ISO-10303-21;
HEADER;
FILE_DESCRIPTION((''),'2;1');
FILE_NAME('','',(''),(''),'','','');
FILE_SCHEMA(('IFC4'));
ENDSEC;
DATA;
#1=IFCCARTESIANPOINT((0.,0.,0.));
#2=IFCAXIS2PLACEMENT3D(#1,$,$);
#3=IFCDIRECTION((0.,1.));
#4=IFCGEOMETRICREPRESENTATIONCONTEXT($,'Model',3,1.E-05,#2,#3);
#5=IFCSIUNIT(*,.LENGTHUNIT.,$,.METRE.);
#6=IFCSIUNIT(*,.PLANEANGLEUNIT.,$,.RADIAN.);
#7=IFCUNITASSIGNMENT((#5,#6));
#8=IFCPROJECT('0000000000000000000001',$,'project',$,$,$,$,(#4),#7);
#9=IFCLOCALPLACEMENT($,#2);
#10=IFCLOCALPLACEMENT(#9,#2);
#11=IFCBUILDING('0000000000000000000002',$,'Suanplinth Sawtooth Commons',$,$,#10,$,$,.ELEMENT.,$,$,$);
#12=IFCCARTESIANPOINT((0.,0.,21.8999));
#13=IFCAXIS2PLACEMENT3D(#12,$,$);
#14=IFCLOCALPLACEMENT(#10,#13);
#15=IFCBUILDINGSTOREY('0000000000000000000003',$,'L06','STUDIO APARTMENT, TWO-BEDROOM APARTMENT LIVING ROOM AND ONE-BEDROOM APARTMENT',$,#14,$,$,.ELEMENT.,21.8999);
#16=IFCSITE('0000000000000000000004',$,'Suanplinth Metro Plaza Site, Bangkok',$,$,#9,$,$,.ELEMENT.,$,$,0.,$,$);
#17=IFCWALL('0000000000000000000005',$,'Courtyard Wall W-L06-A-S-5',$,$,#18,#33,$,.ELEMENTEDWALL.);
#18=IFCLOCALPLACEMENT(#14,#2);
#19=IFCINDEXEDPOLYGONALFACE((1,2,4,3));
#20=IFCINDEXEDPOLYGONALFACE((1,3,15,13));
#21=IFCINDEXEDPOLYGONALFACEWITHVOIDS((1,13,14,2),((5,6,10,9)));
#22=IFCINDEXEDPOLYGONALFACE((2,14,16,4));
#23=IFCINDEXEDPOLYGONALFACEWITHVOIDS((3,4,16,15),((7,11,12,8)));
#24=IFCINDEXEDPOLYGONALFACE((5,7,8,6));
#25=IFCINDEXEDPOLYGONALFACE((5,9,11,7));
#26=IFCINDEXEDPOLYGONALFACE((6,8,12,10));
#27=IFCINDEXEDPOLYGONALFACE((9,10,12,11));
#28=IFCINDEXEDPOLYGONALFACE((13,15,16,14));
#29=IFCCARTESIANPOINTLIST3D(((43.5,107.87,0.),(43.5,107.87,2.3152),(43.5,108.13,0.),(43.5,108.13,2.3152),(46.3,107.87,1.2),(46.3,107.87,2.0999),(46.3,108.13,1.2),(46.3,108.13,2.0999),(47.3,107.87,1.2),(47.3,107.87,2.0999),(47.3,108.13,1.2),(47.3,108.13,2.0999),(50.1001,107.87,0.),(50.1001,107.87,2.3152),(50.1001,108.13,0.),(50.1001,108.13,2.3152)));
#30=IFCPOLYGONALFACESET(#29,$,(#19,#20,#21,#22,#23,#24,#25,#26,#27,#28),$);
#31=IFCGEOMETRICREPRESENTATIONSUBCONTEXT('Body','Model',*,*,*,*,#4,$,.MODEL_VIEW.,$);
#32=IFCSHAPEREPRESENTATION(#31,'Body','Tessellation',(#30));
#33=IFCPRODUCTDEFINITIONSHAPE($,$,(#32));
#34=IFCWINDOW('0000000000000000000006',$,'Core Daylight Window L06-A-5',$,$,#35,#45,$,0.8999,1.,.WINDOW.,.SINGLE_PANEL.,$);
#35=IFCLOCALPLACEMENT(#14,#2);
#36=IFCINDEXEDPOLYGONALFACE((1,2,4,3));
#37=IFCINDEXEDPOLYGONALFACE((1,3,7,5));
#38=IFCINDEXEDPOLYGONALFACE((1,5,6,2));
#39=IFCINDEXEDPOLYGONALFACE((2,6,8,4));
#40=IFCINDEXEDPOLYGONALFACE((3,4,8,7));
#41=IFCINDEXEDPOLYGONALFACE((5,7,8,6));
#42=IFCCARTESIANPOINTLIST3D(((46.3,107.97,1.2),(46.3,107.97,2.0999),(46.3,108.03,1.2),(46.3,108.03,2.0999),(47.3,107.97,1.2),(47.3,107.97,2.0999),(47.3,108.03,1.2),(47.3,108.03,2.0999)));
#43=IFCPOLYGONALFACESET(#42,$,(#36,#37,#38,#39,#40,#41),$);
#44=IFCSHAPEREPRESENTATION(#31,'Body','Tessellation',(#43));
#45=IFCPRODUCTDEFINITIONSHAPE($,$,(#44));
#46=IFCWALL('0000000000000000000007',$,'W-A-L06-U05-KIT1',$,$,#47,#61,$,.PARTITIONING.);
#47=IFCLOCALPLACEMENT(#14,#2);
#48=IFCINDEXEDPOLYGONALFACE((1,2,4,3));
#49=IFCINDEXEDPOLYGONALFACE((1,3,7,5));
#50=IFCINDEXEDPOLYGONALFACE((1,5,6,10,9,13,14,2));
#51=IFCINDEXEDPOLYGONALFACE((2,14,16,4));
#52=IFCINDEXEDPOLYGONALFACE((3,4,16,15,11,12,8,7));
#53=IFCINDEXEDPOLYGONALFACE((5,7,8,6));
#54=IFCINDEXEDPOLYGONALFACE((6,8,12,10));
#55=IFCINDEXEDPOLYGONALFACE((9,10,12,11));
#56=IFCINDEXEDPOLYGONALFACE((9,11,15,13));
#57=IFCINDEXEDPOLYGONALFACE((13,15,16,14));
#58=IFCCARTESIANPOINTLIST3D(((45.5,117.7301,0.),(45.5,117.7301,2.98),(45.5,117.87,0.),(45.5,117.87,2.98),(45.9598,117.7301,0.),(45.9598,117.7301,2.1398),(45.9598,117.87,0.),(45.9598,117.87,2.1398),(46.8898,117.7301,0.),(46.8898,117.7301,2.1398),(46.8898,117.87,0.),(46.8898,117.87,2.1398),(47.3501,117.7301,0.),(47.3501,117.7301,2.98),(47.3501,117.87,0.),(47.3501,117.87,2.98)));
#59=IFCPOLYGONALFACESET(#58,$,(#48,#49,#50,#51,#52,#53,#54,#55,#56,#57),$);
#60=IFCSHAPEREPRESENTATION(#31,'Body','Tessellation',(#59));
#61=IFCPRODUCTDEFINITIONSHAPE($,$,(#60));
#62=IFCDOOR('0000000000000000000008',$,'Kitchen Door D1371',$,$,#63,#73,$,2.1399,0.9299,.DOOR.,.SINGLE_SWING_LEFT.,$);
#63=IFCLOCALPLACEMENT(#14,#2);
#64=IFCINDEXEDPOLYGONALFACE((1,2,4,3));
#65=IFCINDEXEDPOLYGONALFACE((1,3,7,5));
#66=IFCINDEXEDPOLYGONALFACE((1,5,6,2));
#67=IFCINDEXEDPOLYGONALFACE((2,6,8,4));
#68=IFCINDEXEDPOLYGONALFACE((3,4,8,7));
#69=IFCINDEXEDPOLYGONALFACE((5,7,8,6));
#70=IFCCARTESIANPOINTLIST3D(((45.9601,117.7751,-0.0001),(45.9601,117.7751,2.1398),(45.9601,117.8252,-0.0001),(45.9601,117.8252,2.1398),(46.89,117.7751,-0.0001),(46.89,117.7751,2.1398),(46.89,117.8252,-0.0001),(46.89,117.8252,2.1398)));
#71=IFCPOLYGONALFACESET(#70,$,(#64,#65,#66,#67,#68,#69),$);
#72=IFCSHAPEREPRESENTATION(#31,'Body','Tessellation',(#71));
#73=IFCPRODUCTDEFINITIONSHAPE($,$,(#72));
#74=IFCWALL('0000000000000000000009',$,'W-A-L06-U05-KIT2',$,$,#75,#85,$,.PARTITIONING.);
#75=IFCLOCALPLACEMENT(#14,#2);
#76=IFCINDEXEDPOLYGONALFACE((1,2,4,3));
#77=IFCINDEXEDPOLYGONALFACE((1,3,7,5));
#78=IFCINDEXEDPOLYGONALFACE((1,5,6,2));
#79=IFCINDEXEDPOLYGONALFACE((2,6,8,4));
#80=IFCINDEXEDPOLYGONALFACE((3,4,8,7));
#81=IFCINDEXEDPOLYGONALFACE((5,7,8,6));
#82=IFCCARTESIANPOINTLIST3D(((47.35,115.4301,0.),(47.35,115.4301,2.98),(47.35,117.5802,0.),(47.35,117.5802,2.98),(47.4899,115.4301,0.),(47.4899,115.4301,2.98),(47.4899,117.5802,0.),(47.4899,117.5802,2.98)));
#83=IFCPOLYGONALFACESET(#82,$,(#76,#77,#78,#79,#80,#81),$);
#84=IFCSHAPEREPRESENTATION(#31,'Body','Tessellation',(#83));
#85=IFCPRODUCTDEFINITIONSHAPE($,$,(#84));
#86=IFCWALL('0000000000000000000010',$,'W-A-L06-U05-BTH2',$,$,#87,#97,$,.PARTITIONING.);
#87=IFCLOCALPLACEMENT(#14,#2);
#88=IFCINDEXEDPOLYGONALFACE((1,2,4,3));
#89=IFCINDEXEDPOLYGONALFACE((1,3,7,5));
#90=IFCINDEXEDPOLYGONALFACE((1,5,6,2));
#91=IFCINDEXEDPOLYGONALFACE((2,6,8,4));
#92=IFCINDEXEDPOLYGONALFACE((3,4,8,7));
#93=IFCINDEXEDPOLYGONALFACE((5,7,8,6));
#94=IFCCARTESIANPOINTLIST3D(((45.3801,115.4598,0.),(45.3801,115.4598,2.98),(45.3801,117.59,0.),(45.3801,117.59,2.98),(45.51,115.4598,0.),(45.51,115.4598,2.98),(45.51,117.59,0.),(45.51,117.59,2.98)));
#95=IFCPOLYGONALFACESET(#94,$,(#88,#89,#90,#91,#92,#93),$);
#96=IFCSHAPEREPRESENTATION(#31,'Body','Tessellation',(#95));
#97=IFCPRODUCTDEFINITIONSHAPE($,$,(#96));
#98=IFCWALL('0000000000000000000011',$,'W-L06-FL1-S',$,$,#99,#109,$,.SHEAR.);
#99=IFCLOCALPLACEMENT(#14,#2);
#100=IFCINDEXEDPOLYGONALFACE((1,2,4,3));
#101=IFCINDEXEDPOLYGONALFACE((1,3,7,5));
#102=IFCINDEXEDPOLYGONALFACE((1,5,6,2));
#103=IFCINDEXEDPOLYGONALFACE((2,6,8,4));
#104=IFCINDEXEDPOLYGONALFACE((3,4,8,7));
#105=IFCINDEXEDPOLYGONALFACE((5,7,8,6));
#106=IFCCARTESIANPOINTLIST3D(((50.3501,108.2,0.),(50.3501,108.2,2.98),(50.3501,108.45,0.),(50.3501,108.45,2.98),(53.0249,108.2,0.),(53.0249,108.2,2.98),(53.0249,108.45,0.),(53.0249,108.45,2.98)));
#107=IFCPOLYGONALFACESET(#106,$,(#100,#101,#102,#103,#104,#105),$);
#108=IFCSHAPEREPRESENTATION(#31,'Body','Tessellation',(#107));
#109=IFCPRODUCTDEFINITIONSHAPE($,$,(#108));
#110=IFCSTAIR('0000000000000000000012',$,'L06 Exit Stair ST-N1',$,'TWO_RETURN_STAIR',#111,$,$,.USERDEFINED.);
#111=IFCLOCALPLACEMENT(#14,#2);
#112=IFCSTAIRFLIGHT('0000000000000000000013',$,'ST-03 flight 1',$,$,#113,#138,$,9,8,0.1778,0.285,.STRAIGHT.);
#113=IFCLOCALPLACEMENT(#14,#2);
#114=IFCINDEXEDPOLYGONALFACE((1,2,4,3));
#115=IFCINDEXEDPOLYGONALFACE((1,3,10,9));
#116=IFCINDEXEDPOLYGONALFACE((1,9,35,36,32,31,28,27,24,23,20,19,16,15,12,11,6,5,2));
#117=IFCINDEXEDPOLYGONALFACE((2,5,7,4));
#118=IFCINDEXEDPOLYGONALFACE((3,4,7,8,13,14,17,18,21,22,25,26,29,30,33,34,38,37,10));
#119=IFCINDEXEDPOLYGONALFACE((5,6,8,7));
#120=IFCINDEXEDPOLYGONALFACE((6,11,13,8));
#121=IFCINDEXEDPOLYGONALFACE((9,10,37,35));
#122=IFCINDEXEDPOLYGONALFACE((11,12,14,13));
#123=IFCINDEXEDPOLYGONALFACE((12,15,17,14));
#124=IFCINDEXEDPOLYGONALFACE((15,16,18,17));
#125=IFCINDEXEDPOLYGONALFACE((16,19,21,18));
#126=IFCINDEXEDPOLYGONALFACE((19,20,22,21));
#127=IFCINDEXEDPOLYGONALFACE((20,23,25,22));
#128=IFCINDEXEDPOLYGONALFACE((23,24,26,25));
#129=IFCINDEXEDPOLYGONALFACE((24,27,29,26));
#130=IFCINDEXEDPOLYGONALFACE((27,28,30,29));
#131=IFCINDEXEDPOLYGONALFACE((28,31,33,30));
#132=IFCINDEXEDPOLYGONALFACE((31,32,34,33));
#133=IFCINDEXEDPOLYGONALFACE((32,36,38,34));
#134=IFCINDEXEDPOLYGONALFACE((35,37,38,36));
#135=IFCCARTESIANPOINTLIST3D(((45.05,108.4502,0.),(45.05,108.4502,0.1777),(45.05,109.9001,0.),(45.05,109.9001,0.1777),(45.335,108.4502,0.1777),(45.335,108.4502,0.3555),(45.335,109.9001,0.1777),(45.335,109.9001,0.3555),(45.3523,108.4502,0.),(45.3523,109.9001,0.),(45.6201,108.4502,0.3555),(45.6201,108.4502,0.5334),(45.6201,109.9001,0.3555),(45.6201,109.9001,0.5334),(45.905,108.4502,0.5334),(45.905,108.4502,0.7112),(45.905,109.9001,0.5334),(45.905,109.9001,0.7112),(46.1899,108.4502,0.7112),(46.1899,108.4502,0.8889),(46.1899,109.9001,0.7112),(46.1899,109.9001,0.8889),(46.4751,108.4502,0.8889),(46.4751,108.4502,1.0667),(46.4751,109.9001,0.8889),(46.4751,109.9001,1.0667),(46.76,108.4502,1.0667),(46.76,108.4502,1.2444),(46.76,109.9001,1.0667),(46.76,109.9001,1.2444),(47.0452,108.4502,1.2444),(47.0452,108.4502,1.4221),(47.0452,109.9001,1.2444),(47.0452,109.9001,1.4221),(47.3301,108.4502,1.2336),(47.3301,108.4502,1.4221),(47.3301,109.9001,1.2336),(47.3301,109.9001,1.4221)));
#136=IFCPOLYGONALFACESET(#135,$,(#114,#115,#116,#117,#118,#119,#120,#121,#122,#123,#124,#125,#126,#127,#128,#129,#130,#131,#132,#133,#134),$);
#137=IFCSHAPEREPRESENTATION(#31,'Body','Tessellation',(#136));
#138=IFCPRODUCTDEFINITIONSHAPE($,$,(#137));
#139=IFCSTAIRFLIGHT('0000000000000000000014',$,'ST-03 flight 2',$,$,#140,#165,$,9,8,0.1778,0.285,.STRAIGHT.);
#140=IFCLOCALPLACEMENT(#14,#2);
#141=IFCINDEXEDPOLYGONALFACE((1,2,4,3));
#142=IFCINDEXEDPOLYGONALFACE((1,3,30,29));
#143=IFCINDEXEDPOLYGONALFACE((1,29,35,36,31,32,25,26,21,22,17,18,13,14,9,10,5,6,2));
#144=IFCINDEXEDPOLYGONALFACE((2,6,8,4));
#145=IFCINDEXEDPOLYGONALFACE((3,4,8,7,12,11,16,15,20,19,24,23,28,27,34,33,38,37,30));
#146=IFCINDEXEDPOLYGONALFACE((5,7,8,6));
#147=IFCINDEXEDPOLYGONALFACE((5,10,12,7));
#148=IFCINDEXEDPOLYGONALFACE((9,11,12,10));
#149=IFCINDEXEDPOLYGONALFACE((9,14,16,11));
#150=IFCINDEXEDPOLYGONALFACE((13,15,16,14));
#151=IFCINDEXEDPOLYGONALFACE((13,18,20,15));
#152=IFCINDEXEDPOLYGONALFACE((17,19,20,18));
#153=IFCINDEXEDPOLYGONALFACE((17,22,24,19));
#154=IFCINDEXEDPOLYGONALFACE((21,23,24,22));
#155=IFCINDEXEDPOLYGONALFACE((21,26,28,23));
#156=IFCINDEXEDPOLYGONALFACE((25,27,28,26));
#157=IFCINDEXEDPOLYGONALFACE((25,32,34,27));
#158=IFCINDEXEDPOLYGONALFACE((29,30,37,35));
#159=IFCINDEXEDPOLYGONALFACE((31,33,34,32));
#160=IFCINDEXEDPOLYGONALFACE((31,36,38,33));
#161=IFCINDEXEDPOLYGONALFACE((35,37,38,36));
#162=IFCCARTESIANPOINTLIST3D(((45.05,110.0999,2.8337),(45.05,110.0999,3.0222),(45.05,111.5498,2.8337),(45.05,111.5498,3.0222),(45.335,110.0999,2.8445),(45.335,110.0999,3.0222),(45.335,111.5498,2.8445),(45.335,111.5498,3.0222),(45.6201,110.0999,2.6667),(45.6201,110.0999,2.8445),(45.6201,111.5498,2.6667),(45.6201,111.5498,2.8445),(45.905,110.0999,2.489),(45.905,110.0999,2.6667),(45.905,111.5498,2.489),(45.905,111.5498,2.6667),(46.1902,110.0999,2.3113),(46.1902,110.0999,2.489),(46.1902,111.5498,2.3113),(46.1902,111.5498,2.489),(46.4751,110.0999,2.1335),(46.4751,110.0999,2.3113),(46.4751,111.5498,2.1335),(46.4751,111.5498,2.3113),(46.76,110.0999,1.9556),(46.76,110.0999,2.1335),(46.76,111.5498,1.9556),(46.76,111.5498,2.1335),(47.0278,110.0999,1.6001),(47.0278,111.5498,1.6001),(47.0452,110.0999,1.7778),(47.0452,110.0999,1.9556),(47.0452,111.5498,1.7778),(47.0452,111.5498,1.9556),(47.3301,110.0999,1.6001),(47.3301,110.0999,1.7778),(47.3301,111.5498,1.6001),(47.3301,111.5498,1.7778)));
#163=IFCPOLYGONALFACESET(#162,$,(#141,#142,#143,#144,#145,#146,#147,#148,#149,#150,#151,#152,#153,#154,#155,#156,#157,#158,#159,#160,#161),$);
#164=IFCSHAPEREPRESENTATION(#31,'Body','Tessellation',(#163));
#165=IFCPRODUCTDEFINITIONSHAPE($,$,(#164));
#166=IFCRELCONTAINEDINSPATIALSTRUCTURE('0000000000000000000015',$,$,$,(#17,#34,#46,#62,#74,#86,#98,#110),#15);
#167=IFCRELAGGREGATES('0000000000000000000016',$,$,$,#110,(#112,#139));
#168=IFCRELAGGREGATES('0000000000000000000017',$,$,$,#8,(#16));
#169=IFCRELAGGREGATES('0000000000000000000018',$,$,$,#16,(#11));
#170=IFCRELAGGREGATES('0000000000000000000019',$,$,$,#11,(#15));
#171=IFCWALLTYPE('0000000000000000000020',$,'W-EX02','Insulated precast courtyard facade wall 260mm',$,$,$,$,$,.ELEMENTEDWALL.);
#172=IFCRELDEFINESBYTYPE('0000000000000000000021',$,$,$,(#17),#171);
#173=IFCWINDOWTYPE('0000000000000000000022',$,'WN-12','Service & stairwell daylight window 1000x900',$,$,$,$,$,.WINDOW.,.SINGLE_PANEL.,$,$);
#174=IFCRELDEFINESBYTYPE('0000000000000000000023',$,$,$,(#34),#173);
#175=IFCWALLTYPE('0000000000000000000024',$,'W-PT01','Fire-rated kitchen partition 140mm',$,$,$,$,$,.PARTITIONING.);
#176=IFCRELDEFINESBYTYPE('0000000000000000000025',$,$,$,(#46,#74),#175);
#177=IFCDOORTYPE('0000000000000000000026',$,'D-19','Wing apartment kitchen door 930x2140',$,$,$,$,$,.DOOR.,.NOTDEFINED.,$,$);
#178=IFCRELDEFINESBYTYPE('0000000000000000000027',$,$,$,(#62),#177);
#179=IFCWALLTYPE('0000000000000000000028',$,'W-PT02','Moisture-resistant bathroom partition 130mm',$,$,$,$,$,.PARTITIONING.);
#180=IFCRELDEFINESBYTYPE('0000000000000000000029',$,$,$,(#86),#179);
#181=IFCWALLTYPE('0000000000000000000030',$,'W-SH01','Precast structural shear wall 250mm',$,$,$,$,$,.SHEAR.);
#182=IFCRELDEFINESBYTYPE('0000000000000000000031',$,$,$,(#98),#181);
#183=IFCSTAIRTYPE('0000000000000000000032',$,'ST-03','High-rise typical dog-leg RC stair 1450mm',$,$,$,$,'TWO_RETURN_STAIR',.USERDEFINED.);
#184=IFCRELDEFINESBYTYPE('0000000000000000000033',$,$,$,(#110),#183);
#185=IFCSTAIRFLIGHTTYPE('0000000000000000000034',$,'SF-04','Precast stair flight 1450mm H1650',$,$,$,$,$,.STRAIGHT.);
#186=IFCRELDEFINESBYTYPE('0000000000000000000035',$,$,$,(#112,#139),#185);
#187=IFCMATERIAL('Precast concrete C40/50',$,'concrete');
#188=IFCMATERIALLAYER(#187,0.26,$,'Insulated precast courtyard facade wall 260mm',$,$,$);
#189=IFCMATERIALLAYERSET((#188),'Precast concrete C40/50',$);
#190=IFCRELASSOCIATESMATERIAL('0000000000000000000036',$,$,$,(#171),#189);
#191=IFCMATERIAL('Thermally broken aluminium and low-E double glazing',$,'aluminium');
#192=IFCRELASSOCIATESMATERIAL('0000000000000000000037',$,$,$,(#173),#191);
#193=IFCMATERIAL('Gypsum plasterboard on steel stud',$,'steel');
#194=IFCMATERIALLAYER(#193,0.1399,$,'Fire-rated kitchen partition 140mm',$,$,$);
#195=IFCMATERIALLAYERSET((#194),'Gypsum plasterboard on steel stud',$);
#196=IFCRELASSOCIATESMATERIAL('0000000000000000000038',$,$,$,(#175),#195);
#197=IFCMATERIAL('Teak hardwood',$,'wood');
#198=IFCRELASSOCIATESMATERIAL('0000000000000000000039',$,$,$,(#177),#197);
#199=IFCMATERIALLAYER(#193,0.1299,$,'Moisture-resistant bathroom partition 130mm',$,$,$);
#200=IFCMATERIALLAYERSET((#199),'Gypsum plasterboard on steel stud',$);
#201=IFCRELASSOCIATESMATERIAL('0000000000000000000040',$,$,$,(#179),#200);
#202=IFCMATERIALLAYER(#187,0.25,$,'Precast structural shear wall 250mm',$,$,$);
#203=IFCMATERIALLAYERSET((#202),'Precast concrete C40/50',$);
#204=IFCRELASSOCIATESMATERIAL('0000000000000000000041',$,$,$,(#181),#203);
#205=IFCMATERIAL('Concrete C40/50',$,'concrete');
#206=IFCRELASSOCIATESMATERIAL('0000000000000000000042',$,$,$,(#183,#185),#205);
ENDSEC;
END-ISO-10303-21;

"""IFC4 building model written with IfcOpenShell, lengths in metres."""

from ifc_helpers import new_model, si_unit, direction, frame, frame_2d, origin, place, context, subcontext, project, spatial, polyline, rectangle, outline, extrude, material, layer, layer_set, type_object, element, fill, aggregate, save


model = new_model("IFC4")

# Units and contexts
model_context = context("Model", 3, precision=1e-05, world=origin(), true_north=direction((0.0, 1.0)))
body_context = subcontext(model_context, "Body", "Model", "MODEL_VIEW")
ifc_project = project(units=[si_unit("LENGTHUNIT", "METRE"), si_unit("PLANEANGLEUNIT", "RADIAN")], contexts=[model_context])

# Site, building, storey
site_placement = place(None, origin())
site = spatial("IfcSite", under=ifc_project, at=site_placement, Name="Suanplinth Metro Plaza Site, Bangkok", CompositionType="ELEMENT", RefElevation=0.0)
building_placement = place(site_placement, origin())
building = spatial("IfcBuilding", under=site, at=building_placement, Name="Suanplinth Sawtooth Commons", CompositionType="ELEMENT")
storey_placement = place(building_placement, frame((0.0, 0.0, 21.8999)))
storey = spatial("IfcBuildingStorey", under=building, at=storey_placement, Name="L06", Description="STUDIO APARTMENT, TWO-BEDROOM APARTMENT LIVING ROOM AND ONE-BEDROOM APARTMENT", CompositionType="ELEMENT", Elevation=21.8999)

# Shared definitions
ifc_material_1 = material(Name="Precast concrete C40/50", Category="concrete")

# Shared definitions
ifc_material_2 = material(Name="Concrete C40/50", Category="concrete")

# Wall, opening, window
ifc_layer_1 = layer(ifc_material_1, 0.26, Name="Insulated precast courtyard facade wall 260mm")
ifc_layer_set_1 = layer_set([ifc_layer_1], Name="Precast concrete C40/50")
wall_type_1 = type_object("IfcWallType", Name="W-EX02", Description="Insulated precast courtyard facade wall 260mm", PredefinedType="ELEMENTEDWALL", material=ifc_layer_set_1)
wall_1_placement = place(storey_placement, frame((43.5, 108.0, 0.0), z_axis=(0.0, 0.0, 1.0), x_axis=(1.0, 0.0, 0.0)))
wall_1 = element("IfcWall", 1, at=wall_1_placement, inside=storey, type_object=wall_type_1, Name="Courtyard Wall W-L06-A-S-5", PredefinedType="ELEMENTEDWALL", context=body_context, shape_type="SweptSolid", body=[
    extrude(rectangle(XDim=6.6001, YDim=0.26, at=frame_2d((3.3, 0.0))), origin(), (0.0, 0.0, 1.0), 2.3152),
])
opening_1_placement = place(wall_1_placement, frame((2.8, 0.0, 1.2)))
opening_1 = element("IfcOpeningElement", 2, at=opening_1_placement, cuts=wall_1, PredefinedType="OPENING", context=body_context, shape_type="SweptSolid", body=[
    extrude(rectangle(XDim=1.0, YDim=0.8999, at=frame_2d((0.5, 0.45))), frame((0.0, 0.145, 0.0), z_axis=(0.0, -1.0, 0.0), x_axis=(1.0, 0.0, 0.0)), (0.0, 0.0, 1.0), 0.2898),
])
ifc_material_3 = material(Name="Thermally broken aluminium and low-E double glazing", Category="aluminium")
window_type = type_object("IfcWindowType", Name="WN-12", Description="Service & stairwell daylight window 1000x900", PartitioningType="SINGLE_PANEL", PredefinedType="WINDOW", material=ifc_material_3)
window_placement = place(opening_1_placement, origin())
window = element("IfcWindow", 3, at=window_placement, inside=storey, type_object=window_type, Name="Core Daylight Window L06-A-5", OverallHeight=0.8999, OverallWidth=1.0, PartitioningType="SINGLE_PANEL", PredefinedType="WINDOW", context=body_context, shape_type="SweptSolid", body=[
    extrude(rectangle(XDim=1.0, YDim=0.8999, at=frame_2d((0.5, 0.45))), frame((0.0, 0.03, 0.0), z_axis=(0.0, -1.0, 0.0), x_axis=(1.0, 0.0, 0.0)), (0.0, 0.0, 1.0), 0.0601),
])
fill(opening_1, window)

# Wall, opening, door
ifc_material_4 = material(Name="Gypsum plasterboard on steel stud", Category="steel")
ifc_layer_2 = layer(ifc_material_4, 0.1399, Name="Fire-rated kitchen partition 140mm")
ifc_layer_set_2 = layer_set([ifc_layer_2], Name="Gypsum plasterboard on steel stud")
wall_type_2 = type_object("IfcWallType", Name="W-PT01", Description="Fire-rated kitchen partition 140mm", PredefinedType="PARTITIONING", material=ifc_layer_set_2)
wall_2_placement = place(storey_placement, frame((45.5, 117.8, 0.0), z_axis=(0.0, 0.0, 1.0), x_axis=(1.0, 0.0, 0.0)))
wall_2 = element("IfcWall", 4, at=wall_2_placement, inside=storey, type_object=wall_type_2, Name="W-A-L06-U05-KIT1", PredefinedType="PARTITIONING", context=body_context, shape_type="SweptSolid", body=[
    extrude(rectangle(XDim=1.8501, YDim=0.1399, at=frame_2d((0.925, 0.0))), origin(), (0.0, 0.0, 1.0), 2.98),
])
opening_2_placement = place(wall_2_placement, frame((0.46, 0.0, 0.0)))
opening_2 = element("IfcOpeningElement", 5, at=opening_2_placement, cuts=wall_2, PredefinedType="OPENING", context=body_context, shape_type="SweptSolid", body=[
    extrude(rectangle(XDim=0.9299, YDim=2.1399, at=frame_2d((0.4648, 1.0698))), frame((0.0, 0.085, 0.0), z_axis=(0.0, -1.0, 0.0), x_axis=(1.0, 0.0, 0.0)), (0.0, 0.0, 1.0), 0.1697),
])
ifc_material_5 = material(Name="Teak hardwood", Category="wood")
door_type_1 = type_object("IfcDoorType", Name="D-19", Description="Wing apartment kitchen door 930x2140", OperationType="NOTDEFINED", PredefinedType="DOOR", material=ifc_material_5)
door_1_placement = place(opening_2_placement, frame((0.9299, 0.0, 0.0), z_axis=(0.0, 0.0, 1.0), x_axis=(-1.0, 0.0, 0.0)))
door_1 = element("IfcDoor", 6, at=door_1_placement, inside=storey, type_object=door_type_1, Name="Kitchen Door D1371", OperationType="SINGLE_SWING_LEFT", OverallHeight=2.1399, OverallWidth=0.9299, PredefinedType="DOOR", context=body_context, shape_type="SweptSolid", body=[
    extrude(rectangle(XDim=0.9299, YDim=2.1399, at=frame_2d((0.4648, 1.0698))), frame((0.0, 0.0249, 0.0), z_axis=(0.0, -1.0, 0.0), x_axis=(1.0, 0.0, 0.0)), (0.0, 0.0, 1.0), 0.05),
])
fill(opening_2, door_1)

# Walls
wall_3_placement = place(storey_placement, frame((47.4199, 115.4299, 0.0), z_axis=(0.0, 0.0, 1.0), x_axis=(0.0, 1.0, 0.0)))
element("IfcWall", 7, at=wall_3_placement, inside=storey, type_object=wall_type_2, Name="W-A-L06-U05-KIT2", PredefinedType="PARTITIONING", context=body_context, shape_type="SweptSolid", body=[
    extrude(rectangle(XDim=2.1501, YDim=0.1399, at=frame_2d((1.0752, 0.0))), origin(), (0.0, 0.0, 1.0), 2.98),
])
ifc_layer_3 = layer(ifc_material_4, 0.1299, Name="Moisture-resistant bathroom partition 130mm")
ifc_layer_set_3 = layer_set([ifc_layer_3], Name="Gypsum plasterboard on steel stud")
wall_type_3 = type_object("IfcWallType", Name="W-PT02", Description="Moisture-resistant bathroom partition 130mm", PredefinedType="PARTITIONING", material=ifc_layer_set_3)
wall_4_placement = place(storey_placement, frame((45.4451, 115.46, 0.0), z_axis=(0.0, 0.0, 1.0), x_axis=(0.0, 1.0, 0.0)))
element("IfcWall", 8, at=wall_4_placement, inside=storey, type_object=wall_type_3, Name="W-A-L06-U05-BTH2", PredefinedType="PARTITIONING", context=body_context, shape_type="SweptSolid", body=[
    extrude(rectangle(XDim=2.1301, YDim=0.1299, at=frame_2d((1.0649, 0.0))), origin(), (0.0, 0.0, 1.0), 2.98),
])
ifc_layer_4 = layer(ifc_material_1, 0.25, Name="Precast structural shear wall 250mm")
ifc_layer_set_4 = layer_set([ifc_layer_4], Name="Precast concrete C40/50")
wall_type_4 = type_object("IfcWallType", Name="W-SH01", Description="Precast structural shear wall 250mm", PredefinedType="SHEAR", material=ifc_layer_set_4)
wall_5_placement = place(storey_placement, frame((50.3501, 108.325, 0.0), z_axis=(0.0, 0.0, 1.0), x_axis=(1.0, 0.0, 0.0)))
element("IfcWall", 9, at=wall_5_placement, inside=storey, type_object=wall_type_4, Name="W-L06-FL1-S", PredefinedType="SHEAR", context=body_context, shape_type="SweptSolid", body=[
    extrude(rectangle(XDim=2.6748, YDim=0.25, at=frame_2d((1.3374, 0.0))), origin(), (0.0, 0.0, 1.0), 2.98),
])

# Stair, stair flights
stair_type = type_object("IfcStairType", Name="ST-03", Description="High-rise typical dog-leg RC stair 1450mm", ElementType="TWO_RETURN_STAIR", PredefinedType="USERDEFINED", material=ifc_material_2)
stair_placement = place(storey_placement, origin())
stair = element("IfcStair", 10, at=stair_placement, inside=storey, type_object=stair_type, Name="L06 Exit Stair ST-N1", ObjectType="TWO_RETURN_STAIR", PredefinedType="USERDEFINED")
stair_flight_type = type_object("IfcStairFlightType", Name="SF-04", Description="Precast stair flight 1450mm H1650", PredefinedType="STRAIGHT", material=ifc_material_2)
stair_flight_1_placement = place(storey_placement, frame((45.05, 109.175, 0.0), z_axis=(0.0, 0.0, 1.0), x_axis=(1.0, 0.0, 0.0)))
stair_flight_1 = element("IfcStairFlight", 11, at=stair_flight_1_placement, type_object=stair_flight_type, Name="ST-03 flight 1", NumberOfRisers=9, NumberOfTreads=8, PredefinedType="STRAIGHT", RiserHeight=0.1778, TreadLength=0.285, context=body_context, shape_type="SweptSolid", body=[
    extrude(outline(polyline([(0.0, 0.0), (0.0, 0.1777), (0.2849, 0.1777), (0.2849, 0.3555), (0.5701, 0.3555), (0.5701, 0.5334), (0.855, 0.5334), (0.855, 0.7112), (1.1399, 0.7112), (1.1399, 0.8889), (1.425, 0.8889), (1.425, 1.0667), (1.71, 1.0667), (1.71, 1.2444), (1.9951, 1.2444), (1.9951, 1.4221), (2.28, 1.4221), (2.28, 1.6001), (2.28, 1.2336), (0.3022, 0.0), (0.0, 0.0)])), frame((0.0, 0.7251, 0.0), z_axis=(0.0, -1.0, 0.0), x_axis=(1.0, 0.0, 0.0)), (0.0, 0.0, 1.0), 1.45),
])
stair_flight_2_placement = place(storey_placement, frame((47.3301, 110.825, 1.6001), z_axis=(0.0, 0.0, 1.0), x_axis=(-1.0, 0.0, 0.0)))
stair_flight_2 = element("IfcStairFlight", 12, at=stair_flight_2_placement, type_object=stair_flight_type, Name="ST-03 flight 2", NumberOfRisers=9, NumberOfTreads=8, PredefinedType="STRAIGHT", RiserHeight=0.1778, TreadLength=0.285, context=body_context, shape_type="SweptSolid", body=[
    extrude(outline(polyline([(0.0, 0.0), (0.0, 0.1777), (0.2849, 0.1777), (0.2849, 0.3555), (0.5701, 0.3555), (0.5701, 0.5334), (0.855, 0.5334), (0.855, 0.7112), (1.1399, 0.7112), (1.1399, 0.8889), (1.425, 0.8889), (1.425, 1.0667), (1.71, 1.0667), (1.71, 1.2444), (1.9951, 1.2444), (1.9951, 1.4221), (2.28, 1.4221), (2.28, 1.6001), (2.28, 1.2336), (0.3022, 0.0), (0.0, 0.0)])), frame((0.0, 0.7251, 0.0), z_axis=(0.0, -1.0, 0.0), x_axis=(1.0, 0.0, 0.0)), (0.0, 0.0, 1.0), 1.45),
])
aggregate(stair, [stair_flight_1, stair_flight_2])

save(model, "model.ifc")
